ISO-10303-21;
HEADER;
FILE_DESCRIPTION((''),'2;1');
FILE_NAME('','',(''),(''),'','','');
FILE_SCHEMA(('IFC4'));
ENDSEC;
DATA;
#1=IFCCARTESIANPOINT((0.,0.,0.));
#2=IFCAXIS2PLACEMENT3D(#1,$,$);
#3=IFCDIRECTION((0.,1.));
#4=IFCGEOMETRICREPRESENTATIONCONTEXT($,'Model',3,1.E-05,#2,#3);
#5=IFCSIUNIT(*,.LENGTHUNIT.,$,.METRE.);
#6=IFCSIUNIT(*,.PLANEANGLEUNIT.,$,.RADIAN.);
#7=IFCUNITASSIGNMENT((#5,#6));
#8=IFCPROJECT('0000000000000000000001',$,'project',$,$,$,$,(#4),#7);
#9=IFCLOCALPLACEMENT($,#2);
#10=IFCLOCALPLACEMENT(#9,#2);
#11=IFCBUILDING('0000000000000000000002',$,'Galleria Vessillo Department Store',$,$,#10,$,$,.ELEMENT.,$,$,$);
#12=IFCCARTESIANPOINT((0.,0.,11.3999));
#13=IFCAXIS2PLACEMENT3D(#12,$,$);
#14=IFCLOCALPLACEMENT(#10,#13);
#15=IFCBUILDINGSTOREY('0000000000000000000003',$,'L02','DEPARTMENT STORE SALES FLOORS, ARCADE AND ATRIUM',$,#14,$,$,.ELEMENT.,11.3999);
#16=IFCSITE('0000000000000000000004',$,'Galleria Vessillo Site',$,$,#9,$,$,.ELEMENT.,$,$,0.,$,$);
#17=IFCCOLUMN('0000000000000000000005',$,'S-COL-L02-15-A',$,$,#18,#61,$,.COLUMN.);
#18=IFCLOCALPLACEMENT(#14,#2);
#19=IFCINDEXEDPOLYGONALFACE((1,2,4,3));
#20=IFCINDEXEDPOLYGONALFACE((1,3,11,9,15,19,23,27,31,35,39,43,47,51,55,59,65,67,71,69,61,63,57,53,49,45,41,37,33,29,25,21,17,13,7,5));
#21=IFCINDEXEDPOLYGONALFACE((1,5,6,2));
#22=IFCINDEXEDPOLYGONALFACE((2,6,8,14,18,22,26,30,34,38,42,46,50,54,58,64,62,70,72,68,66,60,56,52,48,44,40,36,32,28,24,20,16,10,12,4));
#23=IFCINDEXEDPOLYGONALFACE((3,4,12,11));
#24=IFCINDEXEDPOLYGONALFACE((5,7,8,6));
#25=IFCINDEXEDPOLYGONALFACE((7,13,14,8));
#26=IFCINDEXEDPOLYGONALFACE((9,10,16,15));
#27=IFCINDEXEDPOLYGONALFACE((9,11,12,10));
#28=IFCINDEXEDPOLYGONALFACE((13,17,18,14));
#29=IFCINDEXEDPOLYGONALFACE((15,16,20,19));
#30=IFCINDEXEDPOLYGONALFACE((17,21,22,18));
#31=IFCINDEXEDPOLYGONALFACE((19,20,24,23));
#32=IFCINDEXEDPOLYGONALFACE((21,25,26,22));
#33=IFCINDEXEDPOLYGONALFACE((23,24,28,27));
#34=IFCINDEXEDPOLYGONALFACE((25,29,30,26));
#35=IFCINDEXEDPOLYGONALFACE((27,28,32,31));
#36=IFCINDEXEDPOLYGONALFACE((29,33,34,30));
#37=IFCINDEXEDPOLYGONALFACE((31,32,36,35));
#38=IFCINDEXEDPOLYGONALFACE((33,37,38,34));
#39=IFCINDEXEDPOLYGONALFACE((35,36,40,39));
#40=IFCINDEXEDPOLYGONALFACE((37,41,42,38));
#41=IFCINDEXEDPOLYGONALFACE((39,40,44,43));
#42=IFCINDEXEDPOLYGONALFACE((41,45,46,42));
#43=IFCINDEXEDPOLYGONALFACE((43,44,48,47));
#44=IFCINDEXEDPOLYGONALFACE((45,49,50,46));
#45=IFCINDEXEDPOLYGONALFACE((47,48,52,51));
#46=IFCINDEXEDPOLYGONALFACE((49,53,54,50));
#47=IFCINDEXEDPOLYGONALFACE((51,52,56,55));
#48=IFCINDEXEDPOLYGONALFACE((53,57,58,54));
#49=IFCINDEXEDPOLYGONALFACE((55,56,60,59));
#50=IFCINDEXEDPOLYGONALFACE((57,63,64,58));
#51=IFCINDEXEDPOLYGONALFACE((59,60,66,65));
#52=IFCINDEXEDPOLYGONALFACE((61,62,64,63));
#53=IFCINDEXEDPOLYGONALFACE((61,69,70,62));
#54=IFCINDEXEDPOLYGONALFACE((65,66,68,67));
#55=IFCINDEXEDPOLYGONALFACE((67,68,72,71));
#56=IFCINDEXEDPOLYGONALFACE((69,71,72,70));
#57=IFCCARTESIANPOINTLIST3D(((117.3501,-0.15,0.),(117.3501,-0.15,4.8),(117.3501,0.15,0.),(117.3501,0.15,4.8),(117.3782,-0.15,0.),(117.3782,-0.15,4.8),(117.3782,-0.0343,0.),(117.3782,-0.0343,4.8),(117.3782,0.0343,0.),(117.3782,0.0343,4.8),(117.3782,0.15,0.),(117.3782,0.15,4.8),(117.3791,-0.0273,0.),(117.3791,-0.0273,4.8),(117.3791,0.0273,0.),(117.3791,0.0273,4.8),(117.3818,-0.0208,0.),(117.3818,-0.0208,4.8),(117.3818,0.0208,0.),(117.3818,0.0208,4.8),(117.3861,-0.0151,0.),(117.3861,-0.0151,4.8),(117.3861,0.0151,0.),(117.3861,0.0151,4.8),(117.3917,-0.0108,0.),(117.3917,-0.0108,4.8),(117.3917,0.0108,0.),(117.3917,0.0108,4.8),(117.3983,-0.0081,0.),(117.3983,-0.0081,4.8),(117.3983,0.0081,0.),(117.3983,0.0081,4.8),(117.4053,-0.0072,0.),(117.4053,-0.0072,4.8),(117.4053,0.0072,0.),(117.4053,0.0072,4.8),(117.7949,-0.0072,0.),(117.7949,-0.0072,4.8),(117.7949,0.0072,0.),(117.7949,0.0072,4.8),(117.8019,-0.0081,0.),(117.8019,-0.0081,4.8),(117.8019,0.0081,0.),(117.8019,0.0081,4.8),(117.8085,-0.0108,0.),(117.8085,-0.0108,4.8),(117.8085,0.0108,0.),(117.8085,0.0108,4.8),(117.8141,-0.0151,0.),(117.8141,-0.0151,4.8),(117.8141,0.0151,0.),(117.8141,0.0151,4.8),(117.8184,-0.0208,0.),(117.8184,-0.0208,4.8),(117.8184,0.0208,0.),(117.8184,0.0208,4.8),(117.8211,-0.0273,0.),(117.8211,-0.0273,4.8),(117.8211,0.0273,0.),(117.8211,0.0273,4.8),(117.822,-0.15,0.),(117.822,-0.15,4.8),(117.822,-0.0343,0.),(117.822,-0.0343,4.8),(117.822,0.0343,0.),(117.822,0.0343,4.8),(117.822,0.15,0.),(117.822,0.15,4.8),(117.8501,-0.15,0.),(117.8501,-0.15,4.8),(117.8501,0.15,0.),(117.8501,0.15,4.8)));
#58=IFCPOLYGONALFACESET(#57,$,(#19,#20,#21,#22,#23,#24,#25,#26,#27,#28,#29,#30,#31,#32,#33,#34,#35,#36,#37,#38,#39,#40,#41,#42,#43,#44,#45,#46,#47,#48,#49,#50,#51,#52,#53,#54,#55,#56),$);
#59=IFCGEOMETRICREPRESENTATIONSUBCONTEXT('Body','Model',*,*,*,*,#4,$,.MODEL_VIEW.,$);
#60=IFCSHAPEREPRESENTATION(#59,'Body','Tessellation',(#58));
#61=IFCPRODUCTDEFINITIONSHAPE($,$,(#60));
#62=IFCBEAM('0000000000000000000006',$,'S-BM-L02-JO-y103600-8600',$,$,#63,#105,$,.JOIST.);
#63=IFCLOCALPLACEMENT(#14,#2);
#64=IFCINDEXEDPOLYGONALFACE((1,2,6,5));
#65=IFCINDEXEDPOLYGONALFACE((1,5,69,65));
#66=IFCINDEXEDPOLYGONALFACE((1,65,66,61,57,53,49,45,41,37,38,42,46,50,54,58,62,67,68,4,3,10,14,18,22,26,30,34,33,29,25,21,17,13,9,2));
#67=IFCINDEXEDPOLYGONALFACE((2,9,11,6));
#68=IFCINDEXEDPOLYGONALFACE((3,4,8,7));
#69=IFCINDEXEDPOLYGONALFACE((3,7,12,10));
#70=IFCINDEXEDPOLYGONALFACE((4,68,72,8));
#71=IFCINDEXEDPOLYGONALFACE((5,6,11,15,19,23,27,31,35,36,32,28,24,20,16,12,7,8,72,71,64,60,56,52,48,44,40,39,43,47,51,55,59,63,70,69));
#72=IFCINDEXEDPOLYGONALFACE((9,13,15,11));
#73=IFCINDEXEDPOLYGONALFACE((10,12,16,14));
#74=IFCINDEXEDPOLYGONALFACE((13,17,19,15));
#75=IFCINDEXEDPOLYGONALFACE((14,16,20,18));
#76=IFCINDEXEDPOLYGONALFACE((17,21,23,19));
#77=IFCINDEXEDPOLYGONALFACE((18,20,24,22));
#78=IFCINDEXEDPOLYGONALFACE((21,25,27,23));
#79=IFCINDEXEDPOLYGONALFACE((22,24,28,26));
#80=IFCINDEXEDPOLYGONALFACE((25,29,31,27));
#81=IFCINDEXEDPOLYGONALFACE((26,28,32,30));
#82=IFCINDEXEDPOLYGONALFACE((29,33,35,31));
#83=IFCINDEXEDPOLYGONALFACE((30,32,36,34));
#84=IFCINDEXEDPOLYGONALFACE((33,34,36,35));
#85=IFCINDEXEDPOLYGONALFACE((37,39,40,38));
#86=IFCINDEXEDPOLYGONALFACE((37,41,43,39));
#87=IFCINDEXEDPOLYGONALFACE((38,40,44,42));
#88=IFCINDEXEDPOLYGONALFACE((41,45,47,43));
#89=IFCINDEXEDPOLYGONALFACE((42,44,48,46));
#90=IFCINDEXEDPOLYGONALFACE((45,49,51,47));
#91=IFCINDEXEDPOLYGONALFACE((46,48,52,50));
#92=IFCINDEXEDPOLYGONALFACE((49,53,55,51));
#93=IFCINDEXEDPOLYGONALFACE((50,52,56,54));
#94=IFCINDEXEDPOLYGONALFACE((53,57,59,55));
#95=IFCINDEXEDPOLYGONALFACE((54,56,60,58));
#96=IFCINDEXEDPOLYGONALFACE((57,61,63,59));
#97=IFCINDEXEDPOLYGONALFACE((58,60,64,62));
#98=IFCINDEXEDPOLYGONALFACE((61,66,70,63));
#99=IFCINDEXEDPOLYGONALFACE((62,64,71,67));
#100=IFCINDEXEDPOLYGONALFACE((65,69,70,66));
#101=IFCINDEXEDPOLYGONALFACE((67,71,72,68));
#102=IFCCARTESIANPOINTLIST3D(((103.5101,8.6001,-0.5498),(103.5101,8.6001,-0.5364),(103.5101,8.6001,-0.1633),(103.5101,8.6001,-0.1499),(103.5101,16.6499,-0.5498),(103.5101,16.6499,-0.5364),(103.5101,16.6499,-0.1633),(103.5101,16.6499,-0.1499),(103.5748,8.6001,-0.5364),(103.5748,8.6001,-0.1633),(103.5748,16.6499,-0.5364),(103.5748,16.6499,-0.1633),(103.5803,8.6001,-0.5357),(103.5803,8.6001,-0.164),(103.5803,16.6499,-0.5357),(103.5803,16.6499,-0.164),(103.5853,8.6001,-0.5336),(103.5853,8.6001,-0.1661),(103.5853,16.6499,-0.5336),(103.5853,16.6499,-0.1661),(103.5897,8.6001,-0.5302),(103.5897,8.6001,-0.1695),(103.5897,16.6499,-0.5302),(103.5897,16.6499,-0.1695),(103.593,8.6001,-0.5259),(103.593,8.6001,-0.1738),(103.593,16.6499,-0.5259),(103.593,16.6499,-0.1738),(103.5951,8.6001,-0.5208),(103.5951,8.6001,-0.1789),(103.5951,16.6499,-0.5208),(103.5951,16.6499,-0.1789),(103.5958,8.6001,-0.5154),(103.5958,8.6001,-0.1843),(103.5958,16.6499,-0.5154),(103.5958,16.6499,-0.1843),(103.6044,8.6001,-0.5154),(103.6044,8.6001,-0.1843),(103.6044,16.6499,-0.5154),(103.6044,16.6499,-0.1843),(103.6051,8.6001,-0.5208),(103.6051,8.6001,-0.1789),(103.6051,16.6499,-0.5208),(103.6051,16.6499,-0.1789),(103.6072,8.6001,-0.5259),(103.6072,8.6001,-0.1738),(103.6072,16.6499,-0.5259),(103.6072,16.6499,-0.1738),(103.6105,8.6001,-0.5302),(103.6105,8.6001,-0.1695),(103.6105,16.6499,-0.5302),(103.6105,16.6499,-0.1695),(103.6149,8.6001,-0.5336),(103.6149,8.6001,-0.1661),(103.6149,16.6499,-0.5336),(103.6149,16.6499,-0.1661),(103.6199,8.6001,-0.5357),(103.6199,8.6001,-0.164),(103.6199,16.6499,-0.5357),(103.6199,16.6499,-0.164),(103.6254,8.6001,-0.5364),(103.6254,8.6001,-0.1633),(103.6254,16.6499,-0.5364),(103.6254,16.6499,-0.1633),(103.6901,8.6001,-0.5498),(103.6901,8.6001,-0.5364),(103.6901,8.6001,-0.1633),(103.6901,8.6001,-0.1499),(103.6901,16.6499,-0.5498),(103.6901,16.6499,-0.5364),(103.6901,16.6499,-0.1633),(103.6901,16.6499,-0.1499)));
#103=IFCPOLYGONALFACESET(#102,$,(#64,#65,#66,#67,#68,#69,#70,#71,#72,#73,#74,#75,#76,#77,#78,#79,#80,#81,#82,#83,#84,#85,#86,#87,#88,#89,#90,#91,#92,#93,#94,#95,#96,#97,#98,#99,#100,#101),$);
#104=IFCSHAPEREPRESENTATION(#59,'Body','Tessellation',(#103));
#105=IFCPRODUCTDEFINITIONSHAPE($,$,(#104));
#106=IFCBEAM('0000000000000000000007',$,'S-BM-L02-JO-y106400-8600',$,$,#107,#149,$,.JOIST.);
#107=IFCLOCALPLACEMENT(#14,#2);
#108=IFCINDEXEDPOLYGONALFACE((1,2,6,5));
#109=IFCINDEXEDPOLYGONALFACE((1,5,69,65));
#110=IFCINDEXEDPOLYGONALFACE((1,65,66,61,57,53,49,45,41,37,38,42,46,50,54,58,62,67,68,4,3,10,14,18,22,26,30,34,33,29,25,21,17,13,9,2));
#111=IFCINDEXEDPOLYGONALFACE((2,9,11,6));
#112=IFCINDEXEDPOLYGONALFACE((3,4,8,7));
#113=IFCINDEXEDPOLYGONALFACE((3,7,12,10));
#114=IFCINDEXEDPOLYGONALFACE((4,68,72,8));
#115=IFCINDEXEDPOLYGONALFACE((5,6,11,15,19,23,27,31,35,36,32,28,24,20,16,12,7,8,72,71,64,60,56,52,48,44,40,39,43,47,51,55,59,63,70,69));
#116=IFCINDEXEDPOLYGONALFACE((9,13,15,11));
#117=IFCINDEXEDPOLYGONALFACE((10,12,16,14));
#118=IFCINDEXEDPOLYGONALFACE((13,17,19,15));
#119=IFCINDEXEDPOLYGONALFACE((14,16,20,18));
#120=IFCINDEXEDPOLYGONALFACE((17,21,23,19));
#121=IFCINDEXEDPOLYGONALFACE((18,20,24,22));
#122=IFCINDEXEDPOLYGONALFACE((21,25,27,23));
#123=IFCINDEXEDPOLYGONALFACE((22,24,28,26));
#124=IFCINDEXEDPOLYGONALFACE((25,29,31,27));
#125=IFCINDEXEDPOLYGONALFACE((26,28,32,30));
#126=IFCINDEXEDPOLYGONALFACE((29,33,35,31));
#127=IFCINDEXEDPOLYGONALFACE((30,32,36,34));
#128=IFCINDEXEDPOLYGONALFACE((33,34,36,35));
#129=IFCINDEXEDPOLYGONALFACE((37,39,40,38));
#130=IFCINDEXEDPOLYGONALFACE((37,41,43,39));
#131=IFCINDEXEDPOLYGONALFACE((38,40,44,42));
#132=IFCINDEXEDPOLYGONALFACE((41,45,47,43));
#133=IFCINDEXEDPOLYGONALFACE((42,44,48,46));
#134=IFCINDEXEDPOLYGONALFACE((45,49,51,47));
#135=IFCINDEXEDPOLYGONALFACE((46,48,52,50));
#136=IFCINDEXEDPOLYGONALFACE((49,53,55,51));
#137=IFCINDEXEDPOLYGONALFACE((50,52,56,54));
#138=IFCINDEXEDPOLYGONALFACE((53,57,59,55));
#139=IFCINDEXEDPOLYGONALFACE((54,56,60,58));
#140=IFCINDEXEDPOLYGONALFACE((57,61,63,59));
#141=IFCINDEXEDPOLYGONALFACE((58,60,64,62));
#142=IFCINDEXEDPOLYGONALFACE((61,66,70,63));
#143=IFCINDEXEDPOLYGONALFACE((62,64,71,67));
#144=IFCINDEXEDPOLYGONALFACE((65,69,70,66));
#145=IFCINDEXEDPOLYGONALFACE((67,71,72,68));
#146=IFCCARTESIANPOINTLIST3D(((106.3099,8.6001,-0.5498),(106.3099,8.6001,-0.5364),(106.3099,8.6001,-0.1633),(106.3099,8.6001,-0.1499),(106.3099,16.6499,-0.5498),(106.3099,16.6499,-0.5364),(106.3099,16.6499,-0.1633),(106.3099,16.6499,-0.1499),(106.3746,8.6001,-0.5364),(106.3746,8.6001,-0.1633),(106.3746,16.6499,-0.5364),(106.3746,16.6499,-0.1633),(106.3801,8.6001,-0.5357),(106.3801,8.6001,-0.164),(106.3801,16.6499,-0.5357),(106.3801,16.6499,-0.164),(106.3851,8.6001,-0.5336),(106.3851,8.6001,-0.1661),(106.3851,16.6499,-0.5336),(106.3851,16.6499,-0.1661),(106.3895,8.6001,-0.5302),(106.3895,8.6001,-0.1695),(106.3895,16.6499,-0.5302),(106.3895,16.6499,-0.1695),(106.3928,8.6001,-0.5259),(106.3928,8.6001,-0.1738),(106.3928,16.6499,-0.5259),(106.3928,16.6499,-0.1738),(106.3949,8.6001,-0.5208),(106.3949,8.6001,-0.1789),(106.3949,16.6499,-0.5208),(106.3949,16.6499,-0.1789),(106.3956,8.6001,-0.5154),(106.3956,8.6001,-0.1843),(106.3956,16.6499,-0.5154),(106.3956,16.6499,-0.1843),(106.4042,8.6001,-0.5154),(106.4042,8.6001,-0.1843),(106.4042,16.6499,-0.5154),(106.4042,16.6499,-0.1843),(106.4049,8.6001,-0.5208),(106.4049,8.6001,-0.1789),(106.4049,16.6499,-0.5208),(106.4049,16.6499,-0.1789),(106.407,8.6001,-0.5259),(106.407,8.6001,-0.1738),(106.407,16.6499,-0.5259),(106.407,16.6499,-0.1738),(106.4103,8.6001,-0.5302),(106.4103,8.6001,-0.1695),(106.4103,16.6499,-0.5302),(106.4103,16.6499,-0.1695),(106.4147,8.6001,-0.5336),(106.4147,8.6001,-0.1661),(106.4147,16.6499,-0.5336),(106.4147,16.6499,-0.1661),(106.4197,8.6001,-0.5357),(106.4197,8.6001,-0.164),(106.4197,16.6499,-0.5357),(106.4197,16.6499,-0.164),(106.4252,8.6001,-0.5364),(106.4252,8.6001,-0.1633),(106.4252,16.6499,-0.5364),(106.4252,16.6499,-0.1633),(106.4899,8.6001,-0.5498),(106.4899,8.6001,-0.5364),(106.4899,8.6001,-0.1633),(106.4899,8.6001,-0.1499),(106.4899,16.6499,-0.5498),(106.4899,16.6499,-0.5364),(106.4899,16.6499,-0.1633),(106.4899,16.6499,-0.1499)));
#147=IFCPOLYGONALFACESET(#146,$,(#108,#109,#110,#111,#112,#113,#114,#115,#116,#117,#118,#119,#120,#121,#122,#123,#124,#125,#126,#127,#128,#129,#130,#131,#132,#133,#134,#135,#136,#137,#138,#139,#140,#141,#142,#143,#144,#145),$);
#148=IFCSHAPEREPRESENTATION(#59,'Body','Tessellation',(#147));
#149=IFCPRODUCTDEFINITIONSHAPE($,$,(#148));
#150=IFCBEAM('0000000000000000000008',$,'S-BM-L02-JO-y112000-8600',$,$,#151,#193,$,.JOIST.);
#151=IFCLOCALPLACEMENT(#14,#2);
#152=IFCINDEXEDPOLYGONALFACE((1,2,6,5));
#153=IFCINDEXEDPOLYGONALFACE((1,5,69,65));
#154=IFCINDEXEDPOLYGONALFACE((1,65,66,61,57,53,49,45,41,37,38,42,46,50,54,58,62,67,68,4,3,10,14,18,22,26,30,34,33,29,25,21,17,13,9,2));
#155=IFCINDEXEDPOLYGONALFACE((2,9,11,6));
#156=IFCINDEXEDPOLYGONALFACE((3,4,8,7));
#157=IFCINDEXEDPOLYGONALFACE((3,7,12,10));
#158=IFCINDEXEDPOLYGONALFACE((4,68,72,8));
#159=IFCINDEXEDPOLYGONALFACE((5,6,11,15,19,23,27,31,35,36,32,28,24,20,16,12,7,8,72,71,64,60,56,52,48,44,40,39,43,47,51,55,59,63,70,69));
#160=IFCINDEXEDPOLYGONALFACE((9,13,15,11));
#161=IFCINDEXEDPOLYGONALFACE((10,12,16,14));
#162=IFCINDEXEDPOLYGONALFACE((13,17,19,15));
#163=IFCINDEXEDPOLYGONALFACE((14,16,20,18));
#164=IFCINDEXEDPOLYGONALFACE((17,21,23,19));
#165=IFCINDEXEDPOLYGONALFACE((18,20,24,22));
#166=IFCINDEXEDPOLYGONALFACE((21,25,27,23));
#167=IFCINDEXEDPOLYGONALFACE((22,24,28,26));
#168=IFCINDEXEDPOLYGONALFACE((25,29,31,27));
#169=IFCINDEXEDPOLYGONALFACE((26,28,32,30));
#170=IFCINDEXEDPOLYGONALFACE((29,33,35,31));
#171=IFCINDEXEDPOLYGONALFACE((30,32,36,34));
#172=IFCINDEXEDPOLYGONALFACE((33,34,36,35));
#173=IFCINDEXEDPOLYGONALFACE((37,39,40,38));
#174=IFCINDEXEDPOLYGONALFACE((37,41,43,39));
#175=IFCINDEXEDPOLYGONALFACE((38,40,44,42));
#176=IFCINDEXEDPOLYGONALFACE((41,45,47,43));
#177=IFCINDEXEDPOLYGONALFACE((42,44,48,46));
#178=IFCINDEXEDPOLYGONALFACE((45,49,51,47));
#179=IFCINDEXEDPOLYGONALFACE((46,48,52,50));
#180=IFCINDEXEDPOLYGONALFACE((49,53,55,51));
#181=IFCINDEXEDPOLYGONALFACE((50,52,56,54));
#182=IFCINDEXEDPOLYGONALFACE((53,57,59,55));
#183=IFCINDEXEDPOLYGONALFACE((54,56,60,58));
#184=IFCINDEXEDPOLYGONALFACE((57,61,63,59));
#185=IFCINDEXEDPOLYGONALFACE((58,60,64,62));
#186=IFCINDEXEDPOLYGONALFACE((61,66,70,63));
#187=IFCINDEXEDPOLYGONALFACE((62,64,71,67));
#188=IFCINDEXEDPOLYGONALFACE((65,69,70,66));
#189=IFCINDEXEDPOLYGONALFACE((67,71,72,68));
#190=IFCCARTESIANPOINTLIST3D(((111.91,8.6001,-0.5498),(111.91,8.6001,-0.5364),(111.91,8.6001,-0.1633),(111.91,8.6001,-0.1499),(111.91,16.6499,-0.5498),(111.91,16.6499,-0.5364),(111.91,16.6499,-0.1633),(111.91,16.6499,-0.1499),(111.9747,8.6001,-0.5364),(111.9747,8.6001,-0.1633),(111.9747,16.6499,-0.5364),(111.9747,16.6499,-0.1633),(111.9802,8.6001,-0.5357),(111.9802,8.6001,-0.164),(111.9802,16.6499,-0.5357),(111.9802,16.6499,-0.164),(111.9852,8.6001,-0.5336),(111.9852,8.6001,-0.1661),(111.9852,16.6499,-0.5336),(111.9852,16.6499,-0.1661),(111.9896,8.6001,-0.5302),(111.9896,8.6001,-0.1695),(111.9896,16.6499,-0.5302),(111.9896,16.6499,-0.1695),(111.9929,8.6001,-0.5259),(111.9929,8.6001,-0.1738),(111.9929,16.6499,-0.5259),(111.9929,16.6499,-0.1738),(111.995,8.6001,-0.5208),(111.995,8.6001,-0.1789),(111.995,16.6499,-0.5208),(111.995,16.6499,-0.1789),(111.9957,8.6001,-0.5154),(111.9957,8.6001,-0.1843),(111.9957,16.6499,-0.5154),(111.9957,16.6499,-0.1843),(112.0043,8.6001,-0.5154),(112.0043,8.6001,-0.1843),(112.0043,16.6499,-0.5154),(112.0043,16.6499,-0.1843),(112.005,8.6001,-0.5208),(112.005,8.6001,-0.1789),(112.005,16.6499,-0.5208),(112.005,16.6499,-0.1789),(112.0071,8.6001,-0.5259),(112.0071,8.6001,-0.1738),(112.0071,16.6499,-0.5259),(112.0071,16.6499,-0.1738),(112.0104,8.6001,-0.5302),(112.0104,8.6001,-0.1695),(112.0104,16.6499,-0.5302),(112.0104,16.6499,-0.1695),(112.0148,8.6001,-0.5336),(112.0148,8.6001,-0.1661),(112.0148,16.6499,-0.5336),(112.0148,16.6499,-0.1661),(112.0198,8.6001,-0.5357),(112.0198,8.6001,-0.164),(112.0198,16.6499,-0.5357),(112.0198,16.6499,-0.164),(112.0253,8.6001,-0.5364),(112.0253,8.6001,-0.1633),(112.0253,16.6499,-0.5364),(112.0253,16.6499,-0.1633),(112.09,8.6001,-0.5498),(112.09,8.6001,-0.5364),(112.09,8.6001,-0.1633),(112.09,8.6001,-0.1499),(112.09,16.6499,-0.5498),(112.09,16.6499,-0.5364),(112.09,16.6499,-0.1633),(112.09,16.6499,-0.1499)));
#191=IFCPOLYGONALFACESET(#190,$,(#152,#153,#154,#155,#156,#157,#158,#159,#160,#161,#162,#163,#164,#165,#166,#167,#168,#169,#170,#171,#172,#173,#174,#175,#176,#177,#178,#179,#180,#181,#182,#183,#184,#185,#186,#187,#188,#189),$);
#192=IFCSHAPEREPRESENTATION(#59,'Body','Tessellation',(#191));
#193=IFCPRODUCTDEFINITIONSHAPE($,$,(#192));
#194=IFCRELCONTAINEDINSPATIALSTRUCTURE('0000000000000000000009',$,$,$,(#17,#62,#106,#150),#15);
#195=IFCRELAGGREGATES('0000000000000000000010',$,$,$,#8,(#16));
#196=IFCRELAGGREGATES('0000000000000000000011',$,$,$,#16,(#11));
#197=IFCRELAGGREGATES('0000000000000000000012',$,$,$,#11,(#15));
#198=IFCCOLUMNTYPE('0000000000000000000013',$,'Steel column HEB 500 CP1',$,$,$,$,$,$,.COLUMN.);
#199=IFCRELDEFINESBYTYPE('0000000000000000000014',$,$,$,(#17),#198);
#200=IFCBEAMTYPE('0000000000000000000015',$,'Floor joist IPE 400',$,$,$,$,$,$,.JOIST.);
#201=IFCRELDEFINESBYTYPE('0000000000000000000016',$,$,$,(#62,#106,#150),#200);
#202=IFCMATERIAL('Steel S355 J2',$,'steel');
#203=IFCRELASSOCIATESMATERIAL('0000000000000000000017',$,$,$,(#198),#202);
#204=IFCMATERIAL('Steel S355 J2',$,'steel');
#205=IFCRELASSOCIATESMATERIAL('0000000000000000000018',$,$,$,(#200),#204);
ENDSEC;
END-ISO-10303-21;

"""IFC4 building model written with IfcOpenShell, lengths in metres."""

from ifc_helpers import new_model, si_unit, direction, frame, origin, origin_2d, place, context, subcontext, project, spatial, i_section, extrude, material, material_profile, profile_set, type_object, element, save


model = new_model("IFC4")

# Units and contexts
model_context = context("Model", 3, precision=1e-05, world=origin(), true_north=direction((0.0, 1.0)))
body_context = subcontext(model_context, "Body", "Model", "MODEL_VIEW")
ifc_project = project(units=[si_unit("LENGTHUNIT", "METRE"), si_unit("PLANEANGLEUNIT", "RADIAN")], contexts=[model_context])

# Site, building, storey
site_placement = place(None, origin())
site = spatial("IfcSite", under=ifc_project, at=site_placement, Name="Galleria Vessillo Site", CompositionType="ELEMENT", RefElevation=0.0)
building_placement = place(site_placement, origin())
building = spatial("IfcBuilding", under=site, at=building_placement, Name="Galleria Vessillo Department Store", CompositionType="ELEMENT")
storey_placement = place(building_placement, frame((0.0, 0.0, 11.3999)))
storey = spatial("IfcBuildingStorey", under=building, at=storey_placement, Name="L02", Description="DEPARTMENT STORE SALES FLOORS, ARCADE AND ATRIUM", CompositionType="ELEMENT", Elevation=11.3999)

# Column
ifc_material_1 = material(Name="Steel S355 J2", Category="steel")
ifc_material_profile_1 = material_profile(ifc_material_1, i_section(OverallWidth=0.3, OverallDepth=0.5, WebThickness=0.0144, FlangeThickness=0.0281, FilletRadius=0.0271, at=origin_2d()), Name="HEB 500")
ifc_profile_set_1 = profile_set([ifc_material_profile_1], Name="Steel S355 J2")
column_type = type_object("IfcColumnType", Name="Steel column HEB 500 CP1", PredefinedType="COLUMN", material=ifc_profile_set_1)
column_placement = place(storey_placement, frame((117.6001, 0.0, 0.0), z_axis=(0.0, 0.0, 1.0), x_axis=(0.0, 1.0, 0.0)))
element("IfcColumn", 1, at=column_placement, inside=storey, type_object=column_type, Name="S-COL-L02-15-A", PredefinedType="COLUMN", context=body_context, shape_type="SweptSolid", body=[
    extrude(i_section(OverallWidth=0.3, OverallDepth=0.5, WebThickness=0.0144, FlangeThickness=0.0281, FilletRadius=0.0271, at=origin_2d()), origin(), (0.0, 0.0, 1.0), 4.8),
])

# Beams
ifc_material_2 = material(Name="Steel S355 J2", Category="steel")
ifc_material_profile_2 = material_profile(ifc_material_2, i_section(OverallWidth=0.1799, OverallDepth=0.3999, WebThickness=0.0085, FlangeThickness=0.0134, FilletRadius=0.021, at=origin_2d()), Name="IPE 400")
ifc_profile_set_2 = profile_set([ifc_material_profile_2], Name="Steel S355 J2")
beam_type = type_object("IfcBeamType", Name="Floor joist IPE 400", PredefinedType="JOIST", material=ifc_profile_set_2)
for number, where, z_axis, x_axis, name in (
    (2, (103.6001, 8.6001, -0.3499), (0.0, 1.0, 0.0), (-1.0, 0.0, 0.0), "S-BM-L02-JO-y103600-8600"),
    (3, (106.3999, 8.6001, -0.3499), (0.0, 1.0, 0.0), (-1.0, 0.0, 0.0), "S-BM-L02-JO-y106400-8600"),
    (4, (112.0, 8.6001, -0.3499), (0.0, 1.0, 0.0), (-1.0, 0.0, 0.0), "S-BM-L02-JO-y112000-8600"),
):
    element("IfcBeam", number, at=place(storey_placement, frame(where, z_axis=z_axis, x_axis=x_axis)), inside=storey, type_object=beam_type, Name=name, PredefinedType="JOIST", context=body_context, shape_type="SweptSolid", body=[
        extrude(i_section(OverallWidth=0.1799, OverallDepth=0.3999, WebThickness=0.0085, FlangeThickness=0.0134, FilletRadius=0.021, at=origin_2d()), origin(), (0.0, 0.0, 1.0), 8.0498),
    ])

save(model, "model.ifc")
